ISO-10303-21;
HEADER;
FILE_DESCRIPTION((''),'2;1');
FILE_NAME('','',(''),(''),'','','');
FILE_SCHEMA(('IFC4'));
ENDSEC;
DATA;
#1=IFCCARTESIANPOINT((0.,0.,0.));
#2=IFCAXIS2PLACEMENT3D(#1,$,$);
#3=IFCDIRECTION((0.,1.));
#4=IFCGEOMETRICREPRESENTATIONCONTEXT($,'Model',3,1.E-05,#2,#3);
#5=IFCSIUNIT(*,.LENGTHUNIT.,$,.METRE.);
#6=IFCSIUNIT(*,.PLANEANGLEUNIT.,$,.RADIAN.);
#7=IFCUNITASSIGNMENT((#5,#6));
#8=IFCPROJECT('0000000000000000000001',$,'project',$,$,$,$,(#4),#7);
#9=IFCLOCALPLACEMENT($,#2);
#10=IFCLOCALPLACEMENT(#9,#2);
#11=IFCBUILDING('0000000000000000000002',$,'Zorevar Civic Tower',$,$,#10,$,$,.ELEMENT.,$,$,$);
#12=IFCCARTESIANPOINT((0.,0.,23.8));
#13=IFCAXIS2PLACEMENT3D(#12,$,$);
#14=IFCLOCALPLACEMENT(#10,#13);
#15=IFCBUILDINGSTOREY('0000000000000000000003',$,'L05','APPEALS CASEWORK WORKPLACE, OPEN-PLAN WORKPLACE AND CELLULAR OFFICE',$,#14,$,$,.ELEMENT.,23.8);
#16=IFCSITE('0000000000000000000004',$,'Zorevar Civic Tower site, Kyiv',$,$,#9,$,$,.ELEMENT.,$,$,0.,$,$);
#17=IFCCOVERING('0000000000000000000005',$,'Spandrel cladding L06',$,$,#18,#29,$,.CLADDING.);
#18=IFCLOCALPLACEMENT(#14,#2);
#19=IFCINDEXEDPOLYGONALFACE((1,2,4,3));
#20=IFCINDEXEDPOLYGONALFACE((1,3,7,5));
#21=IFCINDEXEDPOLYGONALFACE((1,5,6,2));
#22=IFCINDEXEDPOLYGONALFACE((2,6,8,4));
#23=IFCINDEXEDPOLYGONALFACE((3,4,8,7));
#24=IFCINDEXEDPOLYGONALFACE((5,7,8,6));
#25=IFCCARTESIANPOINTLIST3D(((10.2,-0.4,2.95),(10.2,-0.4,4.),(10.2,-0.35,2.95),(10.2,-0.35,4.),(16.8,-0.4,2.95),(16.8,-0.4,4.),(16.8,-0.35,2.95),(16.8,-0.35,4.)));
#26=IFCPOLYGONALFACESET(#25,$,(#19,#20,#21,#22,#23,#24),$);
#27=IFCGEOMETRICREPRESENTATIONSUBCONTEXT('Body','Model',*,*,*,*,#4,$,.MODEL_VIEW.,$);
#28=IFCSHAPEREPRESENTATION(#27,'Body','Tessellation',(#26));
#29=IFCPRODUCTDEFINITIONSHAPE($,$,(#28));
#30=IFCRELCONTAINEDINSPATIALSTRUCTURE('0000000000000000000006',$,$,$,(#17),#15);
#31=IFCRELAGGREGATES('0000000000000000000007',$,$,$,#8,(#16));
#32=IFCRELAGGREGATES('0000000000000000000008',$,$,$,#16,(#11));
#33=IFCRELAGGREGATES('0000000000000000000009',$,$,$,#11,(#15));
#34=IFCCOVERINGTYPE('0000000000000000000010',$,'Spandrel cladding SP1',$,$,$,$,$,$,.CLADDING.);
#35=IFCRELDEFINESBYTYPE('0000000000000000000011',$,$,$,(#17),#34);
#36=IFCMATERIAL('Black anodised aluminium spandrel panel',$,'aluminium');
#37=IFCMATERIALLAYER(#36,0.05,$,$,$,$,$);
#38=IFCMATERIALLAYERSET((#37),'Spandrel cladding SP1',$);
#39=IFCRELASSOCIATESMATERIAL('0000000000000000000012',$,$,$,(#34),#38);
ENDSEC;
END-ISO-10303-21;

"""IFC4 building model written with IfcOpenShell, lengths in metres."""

from ifc_helpers import new_model, si_unit, direction, frame, frame_2d, origin, place, context, subcontext, project, spatial, rectangle, extrude, material, layer, layer_set, type_object, element, save


model = new_model("IFC4")

# Units and contexts
model_context = context("Model", 3, precision=1e-05, world=origin(), true_north=direction((0.0, 1.0)))
body_context = subcontext(model_context, "Body", "Model", "MODEL_VIEW")
ifc_project = project(units=[si_unit("LENGTHUNIT", "METRE"), si_unit("PLANEANGLEUNIT", "RADIAN")], contexts=[model_context])

# Site, building, storey
site_placement = place(None, origin())
site = spatial("IfcSite", under=ifc_project, at=site_placement, Name="Zorevar Civic Tower site, Kyiv", CompositionType="ELEMENT", RefElevation=0.0)
building_placement = place(site_placement, origin())
building = spatial("IfcBuilding", under=site, at=building_placement, Name="Zorevar Civic Tower", CompositionType="ELEMENT")
storey_placement = place(building_placement, frame((0.0, 0.0, 23.8)))
storey = spatial("IfcBuildingStorey", under=building, at=storey_placement, Name="L05", Description="APPEALS CASEWORK WORKPLACE, OPEN-PLAN WORKPLACE AND CELLULAR OFFICE", CompositionType="ELEMENT", Elevation=23.8)

# Covering
ifc_material_1 = material(Name="Black anodised aluminium spandrel panel", Category="aluminium")
ifc_layer_1 = layer(ifc_material_1, 0.05)
ifc_layer_set_1 = layer_set([ifc_layer_1], Name="Spandrel cladding SP1")
covering_type = type_object("IfcCoveringType", Name="Spandrel cladding SP1", PredefinedType="CLADDING", material=ifc_layer_set_1)
covering_placement = place(storey_placement, frame((10.2, -0.375, 2.95), z_axis=(0.0, 0.0, 1.0), x_axis=(1.0, 0.0, 0.0)))
element("IfcCovering", 1, at=covering_placement, inside=storey, type_object=covering_type, Name="Spandrel cladding L06", PredefinedType="CLADDING", context=body_context, shape_type="SweptSolid", body=[
    extrude(rectangle(XDim=6.6001, YDim=0.05, at=frame_2d((3.3, 0.0))), origin(), (0.0, 0.0, 1.0), 1.05),
])

save(model, "model.ifc")
